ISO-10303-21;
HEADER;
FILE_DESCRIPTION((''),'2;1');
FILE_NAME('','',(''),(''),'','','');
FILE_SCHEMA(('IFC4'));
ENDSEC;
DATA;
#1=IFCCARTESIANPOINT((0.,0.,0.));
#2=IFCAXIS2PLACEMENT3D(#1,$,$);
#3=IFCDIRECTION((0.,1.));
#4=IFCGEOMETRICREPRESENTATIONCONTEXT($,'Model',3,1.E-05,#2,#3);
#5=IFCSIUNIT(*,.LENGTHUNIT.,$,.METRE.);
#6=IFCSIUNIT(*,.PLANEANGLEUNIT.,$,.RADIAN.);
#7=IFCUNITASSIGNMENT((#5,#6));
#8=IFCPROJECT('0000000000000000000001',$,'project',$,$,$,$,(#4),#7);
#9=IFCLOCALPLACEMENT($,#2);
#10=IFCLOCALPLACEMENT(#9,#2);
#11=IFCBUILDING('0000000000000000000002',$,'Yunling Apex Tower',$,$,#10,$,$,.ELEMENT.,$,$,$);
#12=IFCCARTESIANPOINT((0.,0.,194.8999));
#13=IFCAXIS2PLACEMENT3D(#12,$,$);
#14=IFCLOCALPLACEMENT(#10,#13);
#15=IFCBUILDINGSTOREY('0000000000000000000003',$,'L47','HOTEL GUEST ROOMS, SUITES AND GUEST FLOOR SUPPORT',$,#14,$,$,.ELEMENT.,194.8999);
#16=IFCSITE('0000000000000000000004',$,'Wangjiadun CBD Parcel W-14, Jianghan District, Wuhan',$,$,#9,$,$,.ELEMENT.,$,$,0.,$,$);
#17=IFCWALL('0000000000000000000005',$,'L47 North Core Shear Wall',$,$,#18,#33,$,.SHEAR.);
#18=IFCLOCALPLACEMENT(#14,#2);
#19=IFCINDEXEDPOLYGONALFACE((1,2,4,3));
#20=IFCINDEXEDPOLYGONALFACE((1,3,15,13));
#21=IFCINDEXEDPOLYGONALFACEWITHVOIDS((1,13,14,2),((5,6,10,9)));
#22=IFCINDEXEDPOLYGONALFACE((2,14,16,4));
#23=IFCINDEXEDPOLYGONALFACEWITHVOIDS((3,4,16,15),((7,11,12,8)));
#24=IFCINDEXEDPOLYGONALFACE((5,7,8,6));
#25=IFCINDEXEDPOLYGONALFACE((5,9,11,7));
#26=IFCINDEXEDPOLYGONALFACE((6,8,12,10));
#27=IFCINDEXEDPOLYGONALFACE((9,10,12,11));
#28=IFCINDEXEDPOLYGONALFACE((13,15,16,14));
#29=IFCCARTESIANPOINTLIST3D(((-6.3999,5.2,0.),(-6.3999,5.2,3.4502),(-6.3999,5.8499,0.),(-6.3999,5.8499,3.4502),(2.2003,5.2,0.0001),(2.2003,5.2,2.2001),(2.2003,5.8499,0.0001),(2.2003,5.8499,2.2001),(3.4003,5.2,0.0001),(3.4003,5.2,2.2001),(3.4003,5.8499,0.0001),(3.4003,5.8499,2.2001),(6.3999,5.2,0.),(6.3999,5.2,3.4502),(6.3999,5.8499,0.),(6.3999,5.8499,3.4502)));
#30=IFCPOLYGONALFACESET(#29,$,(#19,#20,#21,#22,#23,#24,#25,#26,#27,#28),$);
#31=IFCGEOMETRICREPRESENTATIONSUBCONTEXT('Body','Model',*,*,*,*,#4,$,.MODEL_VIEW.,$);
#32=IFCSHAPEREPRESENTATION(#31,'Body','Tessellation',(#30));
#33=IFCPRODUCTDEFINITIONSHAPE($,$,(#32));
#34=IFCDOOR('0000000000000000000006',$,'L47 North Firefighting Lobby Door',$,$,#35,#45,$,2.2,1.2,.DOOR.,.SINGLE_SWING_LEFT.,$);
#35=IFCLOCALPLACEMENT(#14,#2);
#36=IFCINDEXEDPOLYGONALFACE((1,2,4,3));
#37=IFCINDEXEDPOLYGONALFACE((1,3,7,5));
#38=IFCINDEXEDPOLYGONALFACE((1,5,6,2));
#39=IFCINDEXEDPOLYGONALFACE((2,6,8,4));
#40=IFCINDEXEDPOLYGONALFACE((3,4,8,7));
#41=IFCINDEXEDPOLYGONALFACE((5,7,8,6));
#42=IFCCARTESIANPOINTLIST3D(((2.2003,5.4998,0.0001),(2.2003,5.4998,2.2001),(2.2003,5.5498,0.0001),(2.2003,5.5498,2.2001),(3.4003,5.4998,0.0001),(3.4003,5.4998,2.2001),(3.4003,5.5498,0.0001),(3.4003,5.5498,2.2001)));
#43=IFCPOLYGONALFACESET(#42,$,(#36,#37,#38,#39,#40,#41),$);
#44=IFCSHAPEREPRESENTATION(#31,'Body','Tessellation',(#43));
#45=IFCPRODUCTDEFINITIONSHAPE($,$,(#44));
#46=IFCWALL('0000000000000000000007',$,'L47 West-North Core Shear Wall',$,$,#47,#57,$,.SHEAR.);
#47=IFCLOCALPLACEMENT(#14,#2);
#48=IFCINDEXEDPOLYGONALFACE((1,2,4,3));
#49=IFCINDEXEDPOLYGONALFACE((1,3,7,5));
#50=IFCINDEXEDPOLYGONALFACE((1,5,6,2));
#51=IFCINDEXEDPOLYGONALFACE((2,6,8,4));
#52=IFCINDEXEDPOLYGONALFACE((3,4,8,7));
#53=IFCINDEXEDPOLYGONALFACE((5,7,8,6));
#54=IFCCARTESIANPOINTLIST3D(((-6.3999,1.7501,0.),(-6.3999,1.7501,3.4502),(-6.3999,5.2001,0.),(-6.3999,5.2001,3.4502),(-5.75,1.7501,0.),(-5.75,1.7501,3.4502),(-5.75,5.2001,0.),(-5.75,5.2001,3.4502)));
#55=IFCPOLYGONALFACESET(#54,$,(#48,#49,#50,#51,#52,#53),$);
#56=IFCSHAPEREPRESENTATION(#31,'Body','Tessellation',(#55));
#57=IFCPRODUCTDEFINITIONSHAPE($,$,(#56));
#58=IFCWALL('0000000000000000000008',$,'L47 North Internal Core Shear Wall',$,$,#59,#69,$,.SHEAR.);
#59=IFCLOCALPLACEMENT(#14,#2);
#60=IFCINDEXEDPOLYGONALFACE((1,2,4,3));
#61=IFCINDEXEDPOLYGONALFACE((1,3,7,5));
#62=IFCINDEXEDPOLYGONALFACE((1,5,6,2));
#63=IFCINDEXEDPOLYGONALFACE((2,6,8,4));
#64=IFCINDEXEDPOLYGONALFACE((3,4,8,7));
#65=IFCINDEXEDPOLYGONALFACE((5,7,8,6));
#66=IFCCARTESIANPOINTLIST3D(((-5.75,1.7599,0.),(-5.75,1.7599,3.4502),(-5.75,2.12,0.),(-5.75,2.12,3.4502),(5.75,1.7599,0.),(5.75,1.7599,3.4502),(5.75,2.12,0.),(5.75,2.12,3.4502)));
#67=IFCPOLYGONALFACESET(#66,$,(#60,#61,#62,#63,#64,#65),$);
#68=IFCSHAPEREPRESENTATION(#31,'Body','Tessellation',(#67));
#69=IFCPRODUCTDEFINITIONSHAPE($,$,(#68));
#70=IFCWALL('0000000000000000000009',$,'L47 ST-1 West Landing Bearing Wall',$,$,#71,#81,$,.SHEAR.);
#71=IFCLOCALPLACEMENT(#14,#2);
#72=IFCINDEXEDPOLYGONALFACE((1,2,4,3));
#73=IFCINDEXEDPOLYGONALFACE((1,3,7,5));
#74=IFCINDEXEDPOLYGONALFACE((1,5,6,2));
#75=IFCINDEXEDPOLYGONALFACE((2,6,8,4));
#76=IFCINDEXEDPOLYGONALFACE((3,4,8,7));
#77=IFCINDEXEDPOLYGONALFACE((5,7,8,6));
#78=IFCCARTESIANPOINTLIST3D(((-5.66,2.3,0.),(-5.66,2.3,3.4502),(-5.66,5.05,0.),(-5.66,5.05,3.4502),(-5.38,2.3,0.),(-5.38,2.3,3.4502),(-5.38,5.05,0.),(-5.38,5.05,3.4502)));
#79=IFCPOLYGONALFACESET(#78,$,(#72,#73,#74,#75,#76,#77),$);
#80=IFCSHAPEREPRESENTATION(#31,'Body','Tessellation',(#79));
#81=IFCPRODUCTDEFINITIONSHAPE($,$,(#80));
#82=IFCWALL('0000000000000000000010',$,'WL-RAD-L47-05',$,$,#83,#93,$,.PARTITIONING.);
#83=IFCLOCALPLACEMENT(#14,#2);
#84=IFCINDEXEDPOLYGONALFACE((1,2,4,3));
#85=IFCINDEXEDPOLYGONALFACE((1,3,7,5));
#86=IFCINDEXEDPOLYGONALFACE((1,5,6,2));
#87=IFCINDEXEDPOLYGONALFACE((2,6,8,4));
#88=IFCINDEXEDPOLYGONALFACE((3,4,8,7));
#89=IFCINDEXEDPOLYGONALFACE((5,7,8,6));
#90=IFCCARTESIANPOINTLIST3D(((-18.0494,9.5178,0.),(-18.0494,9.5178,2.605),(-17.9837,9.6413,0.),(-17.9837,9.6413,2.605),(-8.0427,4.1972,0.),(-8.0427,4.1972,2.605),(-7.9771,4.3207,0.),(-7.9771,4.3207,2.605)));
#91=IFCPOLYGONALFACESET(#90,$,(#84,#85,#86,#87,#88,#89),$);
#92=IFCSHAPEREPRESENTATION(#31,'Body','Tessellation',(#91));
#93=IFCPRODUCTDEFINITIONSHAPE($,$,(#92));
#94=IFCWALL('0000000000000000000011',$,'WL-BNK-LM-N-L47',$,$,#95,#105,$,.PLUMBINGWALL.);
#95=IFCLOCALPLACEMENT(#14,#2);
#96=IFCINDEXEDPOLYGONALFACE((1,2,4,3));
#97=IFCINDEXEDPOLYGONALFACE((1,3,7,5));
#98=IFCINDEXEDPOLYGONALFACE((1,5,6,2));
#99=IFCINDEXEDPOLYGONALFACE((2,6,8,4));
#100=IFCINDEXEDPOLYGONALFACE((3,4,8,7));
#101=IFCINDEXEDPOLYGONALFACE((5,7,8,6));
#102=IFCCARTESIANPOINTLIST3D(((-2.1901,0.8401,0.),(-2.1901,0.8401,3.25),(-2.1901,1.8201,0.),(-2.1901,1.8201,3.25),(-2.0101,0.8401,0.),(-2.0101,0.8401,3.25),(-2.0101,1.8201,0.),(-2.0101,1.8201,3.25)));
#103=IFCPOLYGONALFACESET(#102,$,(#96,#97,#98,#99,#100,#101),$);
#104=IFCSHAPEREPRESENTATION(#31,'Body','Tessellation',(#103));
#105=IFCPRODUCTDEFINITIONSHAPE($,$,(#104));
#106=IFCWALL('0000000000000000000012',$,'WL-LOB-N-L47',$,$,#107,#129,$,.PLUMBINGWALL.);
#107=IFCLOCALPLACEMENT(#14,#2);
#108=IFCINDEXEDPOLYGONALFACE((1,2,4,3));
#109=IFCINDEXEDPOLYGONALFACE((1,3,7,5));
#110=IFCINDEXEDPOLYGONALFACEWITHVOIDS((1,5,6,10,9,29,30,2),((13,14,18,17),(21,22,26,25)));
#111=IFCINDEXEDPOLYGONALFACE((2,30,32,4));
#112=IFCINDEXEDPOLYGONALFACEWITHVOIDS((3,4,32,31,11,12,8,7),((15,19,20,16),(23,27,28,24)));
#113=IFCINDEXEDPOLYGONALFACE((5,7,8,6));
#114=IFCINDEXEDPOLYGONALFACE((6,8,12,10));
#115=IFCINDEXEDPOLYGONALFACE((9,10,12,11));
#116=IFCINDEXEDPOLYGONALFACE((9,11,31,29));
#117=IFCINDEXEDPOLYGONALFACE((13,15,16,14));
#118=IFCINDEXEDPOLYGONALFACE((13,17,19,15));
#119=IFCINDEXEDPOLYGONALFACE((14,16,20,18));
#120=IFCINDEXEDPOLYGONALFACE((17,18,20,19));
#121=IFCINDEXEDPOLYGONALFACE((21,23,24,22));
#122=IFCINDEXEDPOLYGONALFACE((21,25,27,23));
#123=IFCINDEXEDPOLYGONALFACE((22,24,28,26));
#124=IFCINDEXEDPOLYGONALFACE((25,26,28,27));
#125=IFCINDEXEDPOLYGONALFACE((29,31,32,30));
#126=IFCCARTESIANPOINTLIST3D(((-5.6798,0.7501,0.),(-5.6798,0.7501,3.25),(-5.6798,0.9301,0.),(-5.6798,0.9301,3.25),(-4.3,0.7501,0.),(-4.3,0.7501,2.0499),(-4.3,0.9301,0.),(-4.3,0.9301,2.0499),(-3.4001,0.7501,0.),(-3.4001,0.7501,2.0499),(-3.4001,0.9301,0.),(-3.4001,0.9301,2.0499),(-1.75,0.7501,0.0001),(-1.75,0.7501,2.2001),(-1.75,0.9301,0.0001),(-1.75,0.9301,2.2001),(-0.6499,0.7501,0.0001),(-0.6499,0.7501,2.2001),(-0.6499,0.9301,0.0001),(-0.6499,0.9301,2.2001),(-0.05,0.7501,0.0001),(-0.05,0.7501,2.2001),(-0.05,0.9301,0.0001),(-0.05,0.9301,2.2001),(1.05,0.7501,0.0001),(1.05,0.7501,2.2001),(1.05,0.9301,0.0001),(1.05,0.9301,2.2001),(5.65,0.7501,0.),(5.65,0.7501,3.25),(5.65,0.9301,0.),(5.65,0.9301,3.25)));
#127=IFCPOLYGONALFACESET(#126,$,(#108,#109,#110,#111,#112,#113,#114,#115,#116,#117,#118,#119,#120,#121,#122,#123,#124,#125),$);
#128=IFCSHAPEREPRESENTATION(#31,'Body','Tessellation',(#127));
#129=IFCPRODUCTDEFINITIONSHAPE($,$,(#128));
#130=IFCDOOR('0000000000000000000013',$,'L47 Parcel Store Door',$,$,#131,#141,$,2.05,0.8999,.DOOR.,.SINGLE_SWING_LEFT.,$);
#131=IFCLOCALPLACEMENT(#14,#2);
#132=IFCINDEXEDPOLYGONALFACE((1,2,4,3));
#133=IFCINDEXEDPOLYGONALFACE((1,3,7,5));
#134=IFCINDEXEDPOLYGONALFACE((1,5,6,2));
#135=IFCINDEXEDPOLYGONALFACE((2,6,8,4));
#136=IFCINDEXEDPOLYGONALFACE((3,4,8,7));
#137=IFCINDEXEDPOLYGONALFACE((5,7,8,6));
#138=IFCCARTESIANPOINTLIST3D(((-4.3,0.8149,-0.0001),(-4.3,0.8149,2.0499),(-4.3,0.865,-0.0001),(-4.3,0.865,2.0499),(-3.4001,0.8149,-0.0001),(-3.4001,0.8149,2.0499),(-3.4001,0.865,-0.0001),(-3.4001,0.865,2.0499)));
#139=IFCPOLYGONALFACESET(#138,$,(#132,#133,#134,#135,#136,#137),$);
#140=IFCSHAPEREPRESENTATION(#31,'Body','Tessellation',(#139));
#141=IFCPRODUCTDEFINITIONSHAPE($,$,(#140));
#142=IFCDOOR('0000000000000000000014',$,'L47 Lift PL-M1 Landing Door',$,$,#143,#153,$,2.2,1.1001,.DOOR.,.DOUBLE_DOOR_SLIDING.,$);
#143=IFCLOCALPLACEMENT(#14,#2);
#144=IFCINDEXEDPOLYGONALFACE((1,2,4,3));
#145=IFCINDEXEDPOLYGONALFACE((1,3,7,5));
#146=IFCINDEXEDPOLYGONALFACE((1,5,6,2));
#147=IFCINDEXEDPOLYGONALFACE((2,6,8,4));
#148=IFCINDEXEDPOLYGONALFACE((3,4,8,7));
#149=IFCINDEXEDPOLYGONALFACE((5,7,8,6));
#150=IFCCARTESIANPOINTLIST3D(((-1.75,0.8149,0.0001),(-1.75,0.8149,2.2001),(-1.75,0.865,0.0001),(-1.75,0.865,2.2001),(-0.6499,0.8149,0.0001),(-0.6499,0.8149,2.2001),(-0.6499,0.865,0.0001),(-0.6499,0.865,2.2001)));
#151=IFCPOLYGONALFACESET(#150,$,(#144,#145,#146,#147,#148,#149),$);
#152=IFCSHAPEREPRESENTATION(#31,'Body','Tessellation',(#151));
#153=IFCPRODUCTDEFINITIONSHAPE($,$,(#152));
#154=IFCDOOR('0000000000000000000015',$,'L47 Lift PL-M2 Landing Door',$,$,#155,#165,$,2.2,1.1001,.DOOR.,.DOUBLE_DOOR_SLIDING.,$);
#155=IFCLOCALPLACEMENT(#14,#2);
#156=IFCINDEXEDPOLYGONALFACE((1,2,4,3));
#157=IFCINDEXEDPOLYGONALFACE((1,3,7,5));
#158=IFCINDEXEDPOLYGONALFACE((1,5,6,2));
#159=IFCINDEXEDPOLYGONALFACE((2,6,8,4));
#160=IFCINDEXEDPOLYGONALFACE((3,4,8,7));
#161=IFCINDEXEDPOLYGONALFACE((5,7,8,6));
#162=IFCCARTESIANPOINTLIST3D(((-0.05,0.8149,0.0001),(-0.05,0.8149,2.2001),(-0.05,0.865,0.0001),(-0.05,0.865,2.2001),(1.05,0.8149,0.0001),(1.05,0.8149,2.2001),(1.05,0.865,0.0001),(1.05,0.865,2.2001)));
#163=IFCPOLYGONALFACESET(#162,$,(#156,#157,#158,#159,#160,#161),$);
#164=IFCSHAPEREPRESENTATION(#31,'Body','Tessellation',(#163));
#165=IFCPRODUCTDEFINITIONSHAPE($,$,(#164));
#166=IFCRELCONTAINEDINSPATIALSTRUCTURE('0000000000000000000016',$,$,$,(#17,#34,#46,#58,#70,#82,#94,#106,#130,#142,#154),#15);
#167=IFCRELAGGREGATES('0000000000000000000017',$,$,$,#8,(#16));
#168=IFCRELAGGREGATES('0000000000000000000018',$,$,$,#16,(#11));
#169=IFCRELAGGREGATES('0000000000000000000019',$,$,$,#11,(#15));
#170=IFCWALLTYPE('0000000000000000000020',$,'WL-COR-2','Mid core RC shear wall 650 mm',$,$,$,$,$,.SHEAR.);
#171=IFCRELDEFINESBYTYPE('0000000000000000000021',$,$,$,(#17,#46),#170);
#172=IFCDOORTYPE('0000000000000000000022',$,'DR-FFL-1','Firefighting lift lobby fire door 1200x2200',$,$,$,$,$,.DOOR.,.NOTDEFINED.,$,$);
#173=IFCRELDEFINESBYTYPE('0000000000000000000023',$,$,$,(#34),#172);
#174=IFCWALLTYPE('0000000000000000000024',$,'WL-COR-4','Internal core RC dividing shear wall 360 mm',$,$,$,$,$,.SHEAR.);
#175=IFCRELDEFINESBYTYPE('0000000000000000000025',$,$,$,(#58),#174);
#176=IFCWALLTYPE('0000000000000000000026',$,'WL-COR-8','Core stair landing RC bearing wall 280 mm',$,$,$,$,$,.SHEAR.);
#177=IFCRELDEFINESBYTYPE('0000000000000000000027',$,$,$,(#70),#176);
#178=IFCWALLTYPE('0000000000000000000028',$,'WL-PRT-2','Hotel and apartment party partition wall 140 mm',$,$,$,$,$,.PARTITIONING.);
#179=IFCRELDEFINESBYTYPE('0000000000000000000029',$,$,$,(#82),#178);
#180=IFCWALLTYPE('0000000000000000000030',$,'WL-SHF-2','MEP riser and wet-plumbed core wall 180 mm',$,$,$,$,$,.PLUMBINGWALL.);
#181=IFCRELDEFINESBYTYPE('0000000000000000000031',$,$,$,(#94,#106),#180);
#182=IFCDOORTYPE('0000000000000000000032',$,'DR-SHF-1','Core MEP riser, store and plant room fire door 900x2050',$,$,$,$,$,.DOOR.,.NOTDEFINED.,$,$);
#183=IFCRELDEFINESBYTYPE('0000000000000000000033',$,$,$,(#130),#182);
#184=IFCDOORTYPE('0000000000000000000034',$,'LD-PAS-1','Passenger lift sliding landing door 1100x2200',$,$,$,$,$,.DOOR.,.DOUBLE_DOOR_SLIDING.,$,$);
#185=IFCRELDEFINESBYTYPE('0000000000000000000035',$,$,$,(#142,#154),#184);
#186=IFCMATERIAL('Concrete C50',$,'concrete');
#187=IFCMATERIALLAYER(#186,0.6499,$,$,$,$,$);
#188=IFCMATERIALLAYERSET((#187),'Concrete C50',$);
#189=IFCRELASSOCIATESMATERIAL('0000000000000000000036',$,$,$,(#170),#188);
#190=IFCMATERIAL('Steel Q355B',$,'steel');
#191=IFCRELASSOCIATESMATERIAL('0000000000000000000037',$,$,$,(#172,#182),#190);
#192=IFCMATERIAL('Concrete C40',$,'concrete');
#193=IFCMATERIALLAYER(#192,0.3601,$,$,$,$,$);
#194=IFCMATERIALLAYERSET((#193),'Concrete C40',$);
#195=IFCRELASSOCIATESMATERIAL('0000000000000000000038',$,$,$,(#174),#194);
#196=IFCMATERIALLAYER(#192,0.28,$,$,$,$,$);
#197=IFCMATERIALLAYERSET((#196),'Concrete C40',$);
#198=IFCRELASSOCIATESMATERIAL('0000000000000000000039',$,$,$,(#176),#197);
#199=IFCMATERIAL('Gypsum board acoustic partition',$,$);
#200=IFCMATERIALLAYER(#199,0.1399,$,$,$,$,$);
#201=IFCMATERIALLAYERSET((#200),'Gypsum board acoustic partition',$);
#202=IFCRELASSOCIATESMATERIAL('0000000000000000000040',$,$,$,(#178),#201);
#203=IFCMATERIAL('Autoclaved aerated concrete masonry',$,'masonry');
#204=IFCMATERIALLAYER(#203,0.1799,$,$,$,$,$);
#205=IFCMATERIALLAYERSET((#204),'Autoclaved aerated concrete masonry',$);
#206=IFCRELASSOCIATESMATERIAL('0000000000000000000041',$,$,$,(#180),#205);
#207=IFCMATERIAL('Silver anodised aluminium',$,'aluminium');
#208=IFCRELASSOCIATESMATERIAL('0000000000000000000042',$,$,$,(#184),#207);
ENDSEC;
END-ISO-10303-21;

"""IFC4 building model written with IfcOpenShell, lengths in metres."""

from ifc_helpers import new_model, si_unit, direction, frame, frame_2d, origin, place, context, subcontext, project, spatial, rectangle, extrude, material, layer, layer_set, type_object, element, fill, save


model = new_model("IFC4")

# Units and contexts
model_context = context("Model", 3, precision=1e-05, world=origin(), true_north=direction((0.0, 1.0)))
body_context = subcontext(model_context, "Body", "Model", "MODEL_VIEW")
ifc_project = project(units=[si_unit("LENGTHUNIT", "METRE"), si_unit("PLANEANGLEUNIT", "RADIAN")], contexts=[model_context])

# Site, building, storey
site_placement = place(None, origin())
site = spatial("IfcSite", under=ifc_project, at=site_placement, Name="Wangjiadun CBD Parcel W-14, Jianghan District, Wuhan", CompositionType="ELEMENT", RefElevation=0.0)
building_placement = place(site_placement, origin())
building = spatial("IfcBuilding", under=site, at=building_placement, Name="Yunling Apex Tower", CompositionType="ELEMENT")
storey_placement = place(building_placement, frame((0.0, 0.0, 194.8999)))
storey = spatial("IfcBuildingStorey", under=building, at=storey_placement, Name="L47", Description="HOTEL GUEST ROOMS, SUITES AND GUEST FLOOR SUPPORT", CompositionType="ELEMENT", Elevation=194.8999)

# Shared definitions
ifc_material_1 = material(Name="Concrete C50", Category="concrete")

# Shared definitions
ifc_material_2 = material(Name="Steel Q355B", Category="steel")

# Wall, opening, door
ifc_layer_1 = layer(ifc_material_1, 0.6499)
ifc_layer_set_1 = layer_set([ifc_layer_1], Name="Concrete C50")
wall_type_1 = type_object("IfcWallType", Name="WL-COR-2", Description="Mid core RC shear wall 650 mm", PredefinedType="SHEAR", material=ifc_layer_set_1)
wall_1_placement = place(storey_placement, frame((-6.3999, 5.5249, 0.0), z_axis=(0.0, 0.0, 1.0), x_axis=(1.0, 0.0, 0.0)))
wall_1 = element("IfcWall", 1, at=wall_1_placement, inside=storey, type_object=wall_type_1, Name="L47 North Core Shear Wall", PredefinedType="SHEAR", context=body_context, shape_type="SweptSolid", body=[
    extrude(rectangle(XDim=12.7998, YDim=0.6499, at=frame_2d((6.3999, 0.0))), origin(), (0.0, 0.0, 1.0), 3.4502),
])
opening_1_placement = place(wall_1_placement, frame((8.6001, 0.0, 0.0)))
opening_1 = element("IfcOpeningElement", 2, at=opening_1_placement, cuts=wall_1, PredefinedType="OPENING", context=body_context, shape_type="SweptSolid", body=[
    extrude(rectangle(XDim=1.2, YDim=2.2, at=frame_2d((0.6001, 1.1001))), frame((0.0, 0.335, 0.0), z_axis=(0.0, -1.0, 0.0), x_axis=(1.0, 0.0, 0.0)), (0.0, 0.0, 1.0), 0.6699),
])
door_type_1 = type_object("IfcDoorType", Name="DR-FFL-1", Description="Firefighting lift lobby fire door 1200x2200", OperationType="NOTDEFINED", PredefinedType="DOOR", material=ifc_material_2)
door_1_placement = place(opening_1_placement, origin())
door_1 = element("IfcDoor", 3, at=door_1_placement, inside=storey, type_object=door_type_1, Name="L47 North Firefighting Lobby Door", OperationType="SINGLE_SWING_LEFT", OverallHeight=2.2, OverallWidth=1.2, PredefinedType="DOOR", context=body_context, shape_type="SweptSolid", body=[
    extrude(rectangle(XDim=1.2, YDim=2.2, at=frame_2d((0.6001, 1.1001))), frame((0.0, 0.0249, 0.0), z_axis=(0.0, -1.0, 0.0), x_axis=(1.0, 0.0, 0.0)), (0.0, 0.0, 1.0), 0.05),
])
fill(opening_1, door_1)

# Walls
wall_2_placement = place(storey_placement, frame((-6.075, 1.75, 0.0), z_axis=(0.0, 0.0, 1.0), x_axis=(0.0, 1.0, 0.0)))
element("IfcWall", 4, at=wall_2_placement, inside=storey, type_object=wall_type_1, Name="L47 West-North Core Shear Wall", PredefinedType="SHEAR", context=body_context, shape_type="SweptSolid", body=[
    extrude(rectangle(XDim=3.45, YDim=0.6499, at=frame_2d((1.7251, 0.0))), origin(), (0.0, 0.0, 1.0), 3.4502),
])
ifc_material_3 = material(Name="Concrete C40", Category="concrete")
ifc_layer_2 = layer(ifc_material_3, 0.3601)
ifc_layer_set_2 = layer_set([ifc_layer_2], Name="Concrete C40")
wall_type_2 = type_object("IfcWallType", Name="WL-COR-4", Description="Internal core RC dividing shear wall 360 mm", PredefinedType="SHEAR", material=ifc_layer_set_2)
wall_3_placement = place(storey_placement, frame((-5.75, 1.9399, 0.0), z_axis=(0.0, 0.0, 1.0), x_axis=(1.0, 0.0, 0.0)))
element("IfcWall", 5, at=wall_3_placement, inside=storey, type_object=wall_type_2, Name="L47 North Internal Core Shear Wall", PredefinedType="SHEAR", context=body_context, shape_type="SweptSolid", body=[
    extrude(rectangle(XDim=11.5, YDim=0.3601, at=frame_2d((5.75, 0.0))), origin(), (0.0, 0.0, 1.0), 3.4502),
])
ifc_layer_3 = layer(ifc_material_3, 0.28)
ifc_layer_set_3 = layer_set([ifc_layer_3], Name="Concrete C40")
wall_type_3 = type_object("IfcWallType", Name="WL-COR-8", Description="Core stair landing RC bearing wall 280 mm", PredefinedType="SHEAR", material=ifc_layer_set_3)
wall_4_placement = place(storey_placement, frame((-5.52, 2.3, 0.0), z_axis=(0.0, 0.0, 1.0), x_axis=(0.0, 1.0, 0.0)))
element("IfcWall", 6, at=wall_4_placement, inside=storey, type_object=wall_type_3, Name="L47 ST-1 West Landing Bearing Wall", PredefinedType="SHEAR", context=body_context, shape_type="SweptSolid", body=[
    extrude(rectangle(XDim=2.75, YDim=0.28, at=frame_2d((1.375, 0.0))), origin(), (0.0, 0.0, 1.0), 3.4502),
])
ifc_material_4 = material(Name="Gypsum board acoustic partition")
ifc_layer_4 = layer(ifc_material_4, 0.1399)
ifc_layer_set_4 = layer_set([ifc_layer_4], Name="Gypsum board acoustic partition")
wall_type_4 = type_object("IfcWallType", Name="WL-PRT-2", Description="Hotel and apartment party partition wall 140 mm", PredefinedType="PARTITIONING", material=ifc_layer_set_4)
wall_5_placement = place(storey_placement, frame((-8.01, 4.259, 0.0), z_axis=(0.0, 0.0, 1.0), x_axis=(-0.882949, 0.469469, 0.0)))
element("IfcWall", 7, at=wall_5_placement, inside=storey, type_object=wall_type_4, Name="WL-RAD-L47-05", PredefinedType="PARTITIONING", context=body_context, shape_type="SweptSolid", body=[
    extrude(rectangle(XDim=11.3333, YDim=0.1399, at=frame_2d((5.6665, 0.0))), origin(), (0.0, 0.0, 1.0), 2.605),
])
ifc_material_5 = material(Name="Autoclaved aerated concrete masonry", Category="masonry")
ifc_layer_5 = layer(ifc_material_5, 0.1799)
ifc_layer_set_5 = layer_set([ifc_layer_5], Name="Autoclaved aerated concrete masonry")
wall_type_5 = type_object("IfcWallType", Name="WL-SHF-2", Description="MEP riser and wet-plumbed core wall 180 mm", PredefinedType="PLUMBINGWALL", material=ifc_layer_set_5)
wall_6_placement = place(storey_placement, frame((-2.1001, 0.8401, 0.0), z_axis=(0.0, 0.0, 1.0), x_axis=(0.0, 1.0, 0.0)))
element("IfcWall", 8, at=wall_6_placement, inside=storey, type_object=wall_type_5, Name="WL-BNK-LM-N-L47", PredefinedType="PLUMBINGWALL", context=body_context, shape_type="SweptSolid", body=[
    extrude(rectangle(XDim=0.98, YDim=0.1799, at=frame_2d((0.49, 0.0))), origin(), (0.0, 0.0, 1.0), 3.25),
])

# Wall, openings, doors
wall_7_placement = place(storey_placement, frame((-5.6799, 0.8401, 0.0), z_axis=(0.0, 0.0, 1.0), x_axis=(1.0, 0.0, 0.0)))
wall_7 = element("IfcWall", 9, at=wall_7_placement, inside=storey, type_object=wall_type_5, Name="WL-LOB-N-L47", PredefinedType="PLUMBINGWALL", context=body_context, shape_type="SweptSolid", body=[
    extrude(rectangle(XDim=11.3298, YDim=0.1799, at=frame_2d((5.665, 0.0))), origin(), (0.0, 0.0, 1.0), 3.25),
])
opening_2_placement = place(wall_7_placement, frame((1.3799, 0.0, 0.0)))
opening_2 = element("IfcOpeningElement", 10, at=opening_2_placement, cuts=wall_7, PredefinedType="OPENING", context=body_context, shape_type="SweptSolid", body=[
    extrude(rectangle(XDim=0.8999, YDim=2.05, at=frame_2d((0.45, 1.0249))), frame((0.0, 0.1001, 0.0), z_axis=(0.0, -1.0, 0.0), x_axis=(1.0, 0.0, 0.0)), (0.0, 0.0, 1.0), 0.2),
])
opening_3_placement = place(wall_7_placement, frame((3.9299, 0.0, 0.0)))
opening_3 = element("IfcOpeningElement", 11, at=opening_3_placement, cuts=wall_7, PredefinedType="OPENING", context=body_context, shape_type="SweptSolid", body=[
    extrude(rectangle(XDim=1.1001, YDim=2.2, at=frame_2d((0.55, 1.1001))), frame((0.0, 0.1001, 0.0), z_axis=(0.0, -1.0, 0.0), x_axis=(1.0, 0.0, 0.0)), (0.0, 0.0, 1.0), 0.2),
])
opening_4_placement = place(wall_7_placement, frame((5.6299, 0.0, 0.0)))
opening_4 = element("IfcOpeningElement", 12, at=opening_4_placement, cuts=wall_7, PredefinedType="OPENING", context=body_context, shape_type="SweptSolid", body=[
    extrude(rectangle(XDim=1.1001, YDim=2.2, at=frame_2d((0.55, 1.1001))), frame((0.0, 0.1001, 0.0), z_axis=(0.0, -1.0, 0.0), x_axis=(1.0, 0.0, 0.0)), (0.0, 0.0, 1.0), 0.2),
])
door_type_2 = type_object("IfcDoorType", Name="DR-SHF-1", Description="Core MEP riser, store and plant room fire door 900x2050", OperationType="NOTDEFINED", PredefinedType="DOOR", material=ifc_material_2)
door_2_placement = place(opening_2_placement, origin())
door_2 = element("IfcDoor", 13, at=door_2_placement, inside=storey, type_object=door_type_2, Name="L47 Parcel Store Door", OperationType="SINGLE_SWING_LEFT", OverallHeight=2.05, OverallWidth=0.8999, PredefinedType="DOOR", context=body_context, shape_type="SweptSolid", body=[
    extrude(rectangle(XDim=0.8999, YDim=2.05, at=frame_2d((0.45, 1.0249))), frame((0.0, 0.0249, 0.0), z_axis=(0.0, -1.0, 0.0), x_axis=(1.0, 0.0, 0.0)), (0.0, 0.0, 1.0), 0.05),
])
fill(opening_2, door_2)
ifc_material_6 = material(Name="Silver anodised aluminium", Category="aluminium")
door_type_3 = type_object("IfcDoorType", Name="LD-PAS-1", Description="Passenger lift sliding landing door 1100x2200", OperationType="DOUBLE_DOOR_SLIDING", PredefinedType="DOOR", material=ifc_material_6)
door_3_placement = place(opening_3_placement, origin())
door_3 = element("IfcDoor", 14, at=door_3_placement, inside=storey, type_object=door_type_3, Name="L47 Lift PL-M1 Landing Door", OperationType="DOUBLE_DOOR_SLIDING", OverallHeight=2.2, OverallWidth=1.1001, PredefinedType="DOOR", context=body_context, shape_type="SweptSolid", body=[
    extrude(rectangle(XDim=1.1001, YDim=2.2, at=frame_2d((0.55, 1.1001))), frame((0.0, 0.0249, 0.0), z_axis=(0.0, -1.0, 0.0), x_axis=(1.0, 0.0, 0.0)), (0.0, 0.0, 1.0), 0.05),
])
fill(opening_3, door_3)
door_4_placement = place(opening_4_placement, origin())
door_4 = element("IfcDoor", 15, at=door_4_placement, inside=storey, type_object=door_type_3, Name="L47 Lift PL-M2 Landing Door", OperationType="DOUBLE_DOOR_SLIDING", OverallHeight=2.2, OverallWidth=1.1001, PredefinedType="DOOR", context=body_context, shape_type="SweptSolid", body=[
    extrude(rectangle(XDim=1.1001, YDim=2.2, at=frame_2d((0.55, 1.1001))), frame((0.0, 0.0249, 0.0), z_axis=(0.0, -1.0, 0.0), x_axis=(1.0, 0.0, 0.0)), (0.0, 0.0, 1.0), 0.05),
])
fill(opening_4, door_4)

save(model, "model.ifc")
